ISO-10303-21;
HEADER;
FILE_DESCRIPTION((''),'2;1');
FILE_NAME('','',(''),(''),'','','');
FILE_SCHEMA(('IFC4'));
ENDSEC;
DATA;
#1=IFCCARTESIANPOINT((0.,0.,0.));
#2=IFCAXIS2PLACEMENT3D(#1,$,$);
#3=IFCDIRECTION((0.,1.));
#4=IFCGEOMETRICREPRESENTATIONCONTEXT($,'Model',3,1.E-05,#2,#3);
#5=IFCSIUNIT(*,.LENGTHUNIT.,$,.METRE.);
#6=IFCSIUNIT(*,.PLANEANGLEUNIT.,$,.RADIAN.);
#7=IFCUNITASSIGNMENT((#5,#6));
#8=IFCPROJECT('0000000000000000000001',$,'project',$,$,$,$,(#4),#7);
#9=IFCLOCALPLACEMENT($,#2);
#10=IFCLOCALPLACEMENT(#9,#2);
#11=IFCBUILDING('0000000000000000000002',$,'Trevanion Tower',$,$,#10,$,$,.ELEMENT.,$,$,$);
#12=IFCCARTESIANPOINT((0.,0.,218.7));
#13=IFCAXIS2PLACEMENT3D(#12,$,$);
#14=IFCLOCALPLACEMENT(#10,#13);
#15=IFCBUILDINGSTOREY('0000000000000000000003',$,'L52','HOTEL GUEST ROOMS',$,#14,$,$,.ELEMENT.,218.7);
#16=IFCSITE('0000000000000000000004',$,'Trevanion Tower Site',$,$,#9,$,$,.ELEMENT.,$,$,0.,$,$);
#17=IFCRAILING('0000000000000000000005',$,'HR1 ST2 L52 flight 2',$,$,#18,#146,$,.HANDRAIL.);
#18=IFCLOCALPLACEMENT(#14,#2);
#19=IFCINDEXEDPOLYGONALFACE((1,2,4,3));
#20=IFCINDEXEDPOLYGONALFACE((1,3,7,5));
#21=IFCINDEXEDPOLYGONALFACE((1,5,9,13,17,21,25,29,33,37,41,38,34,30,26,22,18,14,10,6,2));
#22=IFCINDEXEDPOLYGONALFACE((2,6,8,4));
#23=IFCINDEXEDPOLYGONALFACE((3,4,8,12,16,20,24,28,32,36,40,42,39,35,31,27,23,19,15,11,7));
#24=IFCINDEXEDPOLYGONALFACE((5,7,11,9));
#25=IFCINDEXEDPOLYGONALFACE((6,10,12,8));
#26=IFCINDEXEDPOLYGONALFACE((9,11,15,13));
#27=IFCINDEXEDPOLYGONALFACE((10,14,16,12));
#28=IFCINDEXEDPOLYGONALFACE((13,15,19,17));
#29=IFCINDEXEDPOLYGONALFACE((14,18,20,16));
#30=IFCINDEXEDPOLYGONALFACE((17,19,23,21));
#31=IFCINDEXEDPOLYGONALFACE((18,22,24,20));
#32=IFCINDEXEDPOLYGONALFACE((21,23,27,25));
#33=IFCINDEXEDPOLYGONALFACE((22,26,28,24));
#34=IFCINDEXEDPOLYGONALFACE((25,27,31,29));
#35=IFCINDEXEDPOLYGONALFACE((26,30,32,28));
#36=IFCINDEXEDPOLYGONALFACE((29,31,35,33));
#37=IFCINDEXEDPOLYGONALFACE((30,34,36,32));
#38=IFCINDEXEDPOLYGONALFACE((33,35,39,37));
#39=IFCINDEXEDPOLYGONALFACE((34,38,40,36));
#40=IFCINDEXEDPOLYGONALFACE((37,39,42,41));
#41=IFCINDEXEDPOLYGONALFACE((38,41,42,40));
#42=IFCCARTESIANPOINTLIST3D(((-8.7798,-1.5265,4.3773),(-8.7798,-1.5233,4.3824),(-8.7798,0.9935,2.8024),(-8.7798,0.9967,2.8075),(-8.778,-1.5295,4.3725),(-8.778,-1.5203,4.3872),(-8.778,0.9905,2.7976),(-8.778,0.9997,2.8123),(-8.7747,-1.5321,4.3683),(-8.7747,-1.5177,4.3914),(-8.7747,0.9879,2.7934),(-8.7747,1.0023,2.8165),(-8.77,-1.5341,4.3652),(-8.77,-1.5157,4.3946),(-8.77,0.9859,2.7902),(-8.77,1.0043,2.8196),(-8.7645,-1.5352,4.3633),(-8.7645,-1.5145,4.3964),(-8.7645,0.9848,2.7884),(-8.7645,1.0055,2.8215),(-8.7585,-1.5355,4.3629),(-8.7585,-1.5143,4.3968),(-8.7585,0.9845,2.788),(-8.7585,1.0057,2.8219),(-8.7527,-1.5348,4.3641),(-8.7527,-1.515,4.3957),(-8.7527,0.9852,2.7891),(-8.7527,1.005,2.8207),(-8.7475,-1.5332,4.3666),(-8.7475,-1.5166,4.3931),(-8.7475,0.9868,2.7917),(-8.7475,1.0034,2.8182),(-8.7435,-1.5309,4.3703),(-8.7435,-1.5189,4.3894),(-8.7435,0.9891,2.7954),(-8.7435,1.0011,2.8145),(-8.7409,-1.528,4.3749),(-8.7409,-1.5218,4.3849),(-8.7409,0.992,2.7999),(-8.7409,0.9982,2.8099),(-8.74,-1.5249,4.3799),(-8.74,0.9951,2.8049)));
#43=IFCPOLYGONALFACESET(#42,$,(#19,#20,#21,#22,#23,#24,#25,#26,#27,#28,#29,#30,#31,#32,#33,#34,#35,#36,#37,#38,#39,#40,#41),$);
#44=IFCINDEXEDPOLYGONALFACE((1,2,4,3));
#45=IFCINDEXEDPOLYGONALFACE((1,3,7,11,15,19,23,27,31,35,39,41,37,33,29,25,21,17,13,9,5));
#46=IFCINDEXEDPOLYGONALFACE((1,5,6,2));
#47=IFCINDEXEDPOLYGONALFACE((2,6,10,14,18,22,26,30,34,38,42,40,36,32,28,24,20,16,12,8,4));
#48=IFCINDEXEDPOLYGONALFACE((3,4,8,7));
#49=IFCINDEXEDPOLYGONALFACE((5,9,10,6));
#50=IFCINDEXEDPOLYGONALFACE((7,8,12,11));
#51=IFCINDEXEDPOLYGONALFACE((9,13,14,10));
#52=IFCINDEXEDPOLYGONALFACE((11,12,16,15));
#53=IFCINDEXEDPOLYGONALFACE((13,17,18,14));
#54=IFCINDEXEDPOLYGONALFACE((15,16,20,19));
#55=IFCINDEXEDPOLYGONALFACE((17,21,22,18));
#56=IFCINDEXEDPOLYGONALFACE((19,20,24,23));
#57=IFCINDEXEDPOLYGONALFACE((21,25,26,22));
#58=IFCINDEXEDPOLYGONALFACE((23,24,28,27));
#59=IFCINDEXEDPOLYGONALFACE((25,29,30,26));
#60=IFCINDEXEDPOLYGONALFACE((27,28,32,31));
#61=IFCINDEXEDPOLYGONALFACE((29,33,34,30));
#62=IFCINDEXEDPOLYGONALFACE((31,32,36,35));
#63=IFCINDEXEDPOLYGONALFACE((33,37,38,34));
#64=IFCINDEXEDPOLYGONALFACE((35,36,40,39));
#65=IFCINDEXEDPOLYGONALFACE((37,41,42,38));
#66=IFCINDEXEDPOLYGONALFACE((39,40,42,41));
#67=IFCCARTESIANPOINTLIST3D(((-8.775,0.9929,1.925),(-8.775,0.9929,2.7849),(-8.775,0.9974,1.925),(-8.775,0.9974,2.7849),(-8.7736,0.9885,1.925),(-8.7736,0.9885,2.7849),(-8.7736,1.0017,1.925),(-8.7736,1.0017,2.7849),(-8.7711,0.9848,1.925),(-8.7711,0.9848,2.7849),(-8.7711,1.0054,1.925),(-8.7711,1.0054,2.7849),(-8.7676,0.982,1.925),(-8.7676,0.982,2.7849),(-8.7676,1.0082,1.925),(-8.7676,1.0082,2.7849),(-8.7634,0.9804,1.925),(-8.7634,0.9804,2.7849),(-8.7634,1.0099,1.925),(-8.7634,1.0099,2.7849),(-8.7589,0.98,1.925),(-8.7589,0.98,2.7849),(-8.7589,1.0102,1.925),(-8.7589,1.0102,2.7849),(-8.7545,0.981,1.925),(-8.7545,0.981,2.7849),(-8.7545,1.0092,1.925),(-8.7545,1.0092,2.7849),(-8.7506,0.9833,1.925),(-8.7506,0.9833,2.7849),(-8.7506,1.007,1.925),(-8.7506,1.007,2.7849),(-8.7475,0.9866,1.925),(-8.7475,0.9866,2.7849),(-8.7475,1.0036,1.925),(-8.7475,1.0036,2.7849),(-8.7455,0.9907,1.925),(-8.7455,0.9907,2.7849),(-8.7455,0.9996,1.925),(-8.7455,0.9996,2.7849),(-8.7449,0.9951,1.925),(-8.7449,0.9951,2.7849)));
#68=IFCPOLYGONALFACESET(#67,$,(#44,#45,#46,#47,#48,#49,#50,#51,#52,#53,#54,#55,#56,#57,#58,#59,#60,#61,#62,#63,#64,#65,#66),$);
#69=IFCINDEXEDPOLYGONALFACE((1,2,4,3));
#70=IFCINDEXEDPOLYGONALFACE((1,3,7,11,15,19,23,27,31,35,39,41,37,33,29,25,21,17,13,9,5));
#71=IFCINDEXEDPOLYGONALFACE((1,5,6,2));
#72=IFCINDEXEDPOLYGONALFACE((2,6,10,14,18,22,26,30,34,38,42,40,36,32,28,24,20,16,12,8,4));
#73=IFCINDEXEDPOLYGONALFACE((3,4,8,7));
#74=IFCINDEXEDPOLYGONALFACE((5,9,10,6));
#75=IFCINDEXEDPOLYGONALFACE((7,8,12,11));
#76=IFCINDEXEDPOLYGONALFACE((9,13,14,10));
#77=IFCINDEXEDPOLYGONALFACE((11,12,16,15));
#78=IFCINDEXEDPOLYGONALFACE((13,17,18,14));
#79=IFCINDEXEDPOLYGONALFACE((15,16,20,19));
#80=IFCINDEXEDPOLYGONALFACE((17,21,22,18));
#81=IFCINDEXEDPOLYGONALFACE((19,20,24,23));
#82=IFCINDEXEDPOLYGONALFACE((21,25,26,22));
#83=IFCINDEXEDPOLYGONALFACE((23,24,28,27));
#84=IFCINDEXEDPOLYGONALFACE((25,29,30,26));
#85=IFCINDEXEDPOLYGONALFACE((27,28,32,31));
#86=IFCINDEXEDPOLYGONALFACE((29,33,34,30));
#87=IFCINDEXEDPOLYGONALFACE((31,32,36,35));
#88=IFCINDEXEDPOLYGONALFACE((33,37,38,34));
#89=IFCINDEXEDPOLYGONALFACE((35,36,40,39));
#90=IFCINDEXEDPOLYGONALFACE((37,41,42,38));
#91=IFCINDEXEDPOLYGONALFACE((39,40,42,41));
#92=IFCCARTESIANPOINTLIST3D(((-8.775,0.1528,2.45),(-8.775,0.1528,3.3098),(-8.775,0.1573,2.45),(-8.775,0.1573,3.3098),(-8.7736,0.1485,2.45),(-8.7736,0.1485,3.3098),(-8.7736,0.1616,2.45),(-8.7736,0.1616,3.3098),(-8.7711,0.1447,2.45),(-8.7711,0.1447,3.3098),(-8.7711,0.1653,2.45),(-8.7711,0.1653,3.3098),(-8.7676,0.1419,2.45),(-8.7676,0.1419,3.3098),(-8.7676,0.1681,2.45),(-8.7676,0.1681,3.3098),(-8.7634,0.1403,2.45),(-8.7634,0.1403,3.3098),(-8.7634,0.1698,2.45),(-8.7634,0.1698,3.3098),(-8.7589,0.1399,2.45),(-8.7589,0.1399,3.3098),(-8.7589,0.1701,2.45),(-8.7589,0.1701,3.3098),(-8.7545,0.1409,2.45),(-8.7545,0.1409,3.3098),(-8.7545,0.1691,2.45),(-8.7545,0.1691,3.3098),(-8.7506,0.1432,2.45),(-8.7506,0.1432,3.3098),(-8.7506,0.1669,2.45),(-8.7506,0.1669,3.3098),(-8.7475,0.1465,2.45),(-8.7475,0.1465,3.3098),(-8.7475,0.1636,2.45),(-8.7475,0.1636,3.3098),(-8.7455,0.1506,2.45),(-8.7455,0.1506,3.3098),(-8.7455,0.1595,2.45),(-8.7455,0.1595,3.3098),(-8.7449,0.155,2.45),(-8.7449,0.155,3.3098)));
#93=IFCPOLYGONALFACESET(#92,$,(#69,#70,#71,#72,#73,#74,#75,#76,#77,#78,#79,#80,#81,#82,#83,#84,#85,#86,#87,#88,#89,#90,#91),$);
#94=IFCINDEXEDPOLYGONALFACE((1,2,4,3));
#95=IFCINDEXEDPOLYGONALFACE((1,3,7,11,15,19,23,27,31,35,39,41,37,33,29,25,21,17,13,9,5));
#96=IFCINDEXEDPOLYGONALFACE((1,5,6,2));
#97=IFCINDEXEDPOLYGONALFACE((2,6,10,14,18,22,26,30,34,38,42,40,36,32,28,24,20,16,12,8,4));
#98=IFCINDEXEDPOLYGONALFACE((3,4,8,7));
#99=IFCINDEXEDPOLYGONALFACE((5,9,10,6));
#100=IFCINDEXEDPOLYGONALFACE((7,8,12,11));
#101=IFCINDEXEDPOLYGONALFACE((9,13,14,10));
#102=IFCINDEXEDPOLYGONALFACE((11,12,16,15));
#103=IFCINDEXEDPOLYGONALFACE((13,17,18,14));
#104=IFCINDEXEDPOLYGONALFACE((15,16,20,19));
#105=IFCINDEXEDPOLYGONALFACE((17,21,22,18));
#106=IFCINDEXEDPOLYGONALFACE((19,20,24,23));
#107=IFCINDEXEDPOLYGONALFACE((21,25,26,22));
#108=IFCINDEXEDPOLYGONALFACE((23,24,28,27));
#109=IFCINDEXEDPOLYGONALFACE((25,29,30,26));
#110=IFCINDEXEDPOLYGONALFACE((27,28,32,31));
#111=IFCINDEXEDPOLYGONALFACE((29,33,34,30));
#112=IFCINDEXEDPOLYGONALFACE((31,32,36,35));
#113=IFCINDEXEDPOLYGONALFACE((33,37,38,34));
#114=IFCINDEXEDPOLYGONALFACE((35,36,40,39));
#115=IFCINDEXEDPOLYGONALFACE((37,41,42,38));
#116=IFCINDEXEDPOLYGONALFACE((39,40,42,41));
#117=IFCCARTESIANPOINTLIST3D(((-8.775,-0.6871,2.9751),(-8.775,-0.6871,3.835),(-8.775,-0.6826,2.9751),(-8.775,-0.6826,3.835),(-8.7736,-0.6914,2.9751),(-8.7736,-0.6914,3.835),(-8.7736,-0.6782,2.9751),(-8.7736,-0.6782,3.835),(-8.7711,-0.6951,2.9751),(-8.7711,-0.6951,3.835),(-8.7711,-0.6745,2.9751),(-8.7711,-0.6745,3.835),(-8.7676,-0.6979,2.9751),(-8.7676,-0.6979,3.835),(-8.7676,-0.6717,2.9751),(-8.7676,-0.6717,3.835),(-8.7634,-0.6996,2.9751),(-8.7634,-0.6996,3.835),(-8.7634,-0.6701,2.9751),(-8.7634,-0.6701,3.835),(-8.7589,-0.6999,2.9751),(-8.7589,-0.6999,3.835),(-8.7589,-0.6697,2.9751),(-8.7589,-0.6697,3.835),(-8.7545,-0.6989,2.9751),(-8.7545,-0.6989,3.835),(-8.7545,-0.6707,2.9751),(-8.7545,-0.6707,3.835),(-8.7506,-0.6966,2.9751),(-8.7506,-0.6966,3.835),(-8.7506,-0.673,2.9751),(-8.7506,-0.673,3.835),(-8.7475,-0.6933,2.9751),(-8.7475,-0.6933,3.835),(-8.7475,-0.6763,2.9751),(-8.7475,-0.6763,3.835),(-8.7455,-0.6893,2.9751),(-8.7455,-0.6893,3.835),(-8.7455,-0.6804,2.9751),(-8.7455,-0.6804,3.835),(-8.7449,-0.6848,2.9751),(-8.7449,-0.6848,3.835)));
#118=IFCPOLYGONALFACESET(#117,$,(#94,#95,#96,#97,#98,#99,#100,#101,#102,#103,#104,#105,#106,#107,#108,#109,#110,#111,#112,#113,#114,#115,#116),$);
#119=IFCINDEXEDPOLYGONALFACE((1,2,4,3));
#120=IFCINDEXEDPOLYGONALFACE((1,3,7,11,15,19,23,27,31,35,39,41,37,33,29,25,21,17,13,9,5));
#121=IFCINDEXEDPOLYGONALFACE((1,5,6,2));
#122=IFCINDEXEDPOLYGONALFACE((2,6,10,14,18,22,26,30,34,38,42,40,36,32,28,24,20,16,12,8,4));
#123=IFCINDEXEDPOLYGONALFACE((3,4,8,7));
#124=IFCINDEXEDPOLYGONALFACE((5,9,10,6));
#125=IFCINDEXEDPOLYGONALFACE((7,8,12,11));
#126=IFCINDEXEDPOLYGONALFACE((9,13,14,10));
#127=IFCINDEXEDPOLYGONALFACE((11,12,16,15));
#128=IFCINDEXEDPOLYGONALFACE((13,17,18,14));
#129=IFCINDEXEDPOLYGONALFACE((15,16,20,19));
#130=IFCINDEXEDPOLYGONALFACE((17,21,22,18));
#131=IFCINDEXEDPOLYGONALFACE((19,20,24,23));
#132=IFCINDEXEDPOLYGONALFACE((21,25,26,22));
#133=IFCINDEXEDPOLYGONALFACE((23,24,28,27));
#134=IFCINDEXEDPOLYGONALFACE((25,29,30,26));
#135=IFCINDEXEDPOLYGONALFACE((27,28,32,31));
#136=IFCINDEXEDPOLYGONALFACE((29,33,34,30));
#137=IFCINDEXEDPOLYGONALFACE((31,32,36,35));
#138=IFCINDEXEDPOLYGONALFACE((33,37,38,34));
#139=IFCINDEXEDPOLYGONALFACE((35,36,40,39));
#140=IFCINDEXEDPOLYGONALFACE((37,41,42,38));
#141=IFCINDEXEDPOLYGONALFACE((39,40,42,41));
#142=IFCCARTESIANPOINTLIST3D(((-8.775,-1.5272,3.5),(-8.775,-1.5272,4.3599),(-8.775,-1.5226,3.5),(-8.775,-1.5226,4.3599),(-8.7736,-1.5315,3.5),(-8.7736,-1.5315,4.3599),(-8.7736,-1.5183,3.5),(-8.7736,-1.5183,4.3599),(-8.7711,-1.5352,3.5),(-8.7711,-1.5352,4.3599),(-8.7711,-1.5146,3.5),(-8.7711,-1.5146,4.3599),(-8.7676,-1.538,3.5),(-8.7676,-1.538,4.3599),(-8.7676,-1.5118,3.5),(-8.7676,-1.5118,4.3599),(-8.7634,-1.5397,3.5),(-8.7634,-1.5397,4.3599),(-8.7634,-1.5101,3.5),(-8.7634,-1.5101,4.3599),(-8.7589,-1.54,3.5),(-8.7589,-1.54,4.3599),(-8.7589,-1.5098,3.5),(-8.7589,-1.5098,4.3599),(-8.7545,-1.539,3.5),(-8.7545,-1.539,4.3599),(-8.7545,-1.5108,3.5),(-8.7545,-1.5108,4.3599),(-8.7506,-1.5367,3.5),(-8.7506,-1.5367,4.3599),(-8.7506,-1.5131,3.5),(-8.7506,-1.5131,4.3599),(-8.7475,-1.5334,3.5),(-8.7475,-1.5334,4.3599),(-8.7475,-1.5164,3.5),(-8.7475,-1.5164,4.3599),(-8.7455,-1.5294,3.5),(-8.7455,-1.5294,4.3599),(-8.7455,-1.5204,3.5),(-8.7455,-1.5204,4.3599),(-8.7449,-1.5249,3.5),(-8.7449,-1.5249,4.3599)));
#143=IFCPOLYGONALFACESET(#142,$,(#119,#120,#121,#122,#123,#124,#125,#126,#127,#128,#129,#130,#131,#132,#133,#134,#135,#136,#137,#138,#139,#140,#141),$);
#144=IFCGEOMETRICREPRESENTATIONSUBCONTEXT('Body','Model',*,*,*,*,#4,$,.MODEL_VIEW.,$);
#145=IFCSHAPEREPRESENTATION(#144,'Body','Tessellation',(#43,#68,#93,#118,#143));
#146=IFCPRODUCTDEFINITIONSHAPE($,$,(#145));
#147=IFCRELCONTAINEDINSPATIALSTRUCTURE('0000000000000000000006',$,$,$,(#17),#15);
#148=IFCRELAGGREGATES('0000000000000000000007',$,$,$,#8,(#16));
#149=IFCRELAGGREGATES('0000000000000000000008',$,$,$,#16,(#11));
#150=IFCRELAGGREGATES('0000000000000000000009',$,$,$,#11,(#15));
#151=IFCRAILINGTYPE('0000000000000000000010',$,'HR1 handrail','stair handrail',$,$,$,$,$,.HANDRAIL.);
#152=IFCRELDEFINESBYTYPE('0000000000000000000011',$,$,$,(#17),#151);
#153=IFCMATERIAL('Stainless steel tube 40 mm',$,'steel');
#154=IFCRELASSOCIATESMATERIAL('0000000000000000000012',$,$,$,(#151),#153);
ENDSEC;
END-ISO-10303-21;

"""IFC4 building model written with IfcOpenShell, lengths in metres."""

from ifc_helpers import new_model, si_unit, direction, frame, origin, origin_2d, place, context, subcontext, project, spatial, circle, extrude, material, type_object, element, save


model = new_model("IFC4")

# Units and contexts
model_context = context("Model", 3, precision=1e-05, world=origin(), true_north=direction((0.0, 1.0)))
body_context = subcontext(model_context, "Body", "Model", "MODEL_VIEW")
ifc_project = project(units=[si_unit("LENGTHUNIT", "METRE"), si_unit("PLANEANGLEUNIT", "RADIAN")], contexts=[model_context])

# Site, building, storey
site_placement = place(None, origin())
site = spatial("IfcSite", under=ifc_project, at=site_placement, Name="Trevanion Tower Site", CompositionType="ELEMENT", RefElevation=0.0)
building_placement = place(site_placement, origin())
building = spatial("IfcBuilding", under=site, at=building_placement, Name="Trevanion Tower", CompositionType="ELEMENT")
storey_placement = place(building_placement, frame((0.0, 0.0, 218.7)))
storey = spatial("IfcBuildingStorey", under=building, at=storey_placement, Name="L52", Description="HOTEL GUEST ROOMS", CompositionType="ELEMENT", Elevation=218.7)

# Railing
ifc_material_1 = material(Name="Stainless steel tube 40 mm", Category="steel")
railing_type = type_object("IfcRailingType", Name="HR1 handrail", Description="stair handrail", PredefinedType="HANDRAIL", material=ifc_material_1)
railing_placement = place(storey_placement, frame((-8.76, 0.9951, 1.925)))
element("IfcRailing", 1, at=railing_placement, inside=storey, type_object=railing_type, Name="HR1 ST2 L52 flight 2", PredefinedType="HANDRAIL", context=body_context, shape_type="SweptSolid", body=[
    extrude(circle(Radius=0.02, at=origin_2d()), frame((0.0, 0.0, 0.8799), z_axis=(0.0, -0.848008, 0.529984), x_axis=(1.0, 0.0, 0.0)), (0.0, 0.0, 1.0), 2.9717),
    extrude(circle(Radius=0.0151, at=origin_2d()), origin(), (0.0, 0.0, 1.0), 0.8599),
    extrude(circle(Radius=0.0151, at=origin_2d()), frame((0.0, -0.8401, 0.5249)), (0.0, 0.0, 1.0), 0.8599),
    extrude(circle(Radius=0.0151, at=origin_2d()), frame((0.0, -1.6799, 1.05)), (0.0, 0.0, 1.0), 0.8599),
    extrude(circle(Radius=0.0151, at=origin_2d()), frame((0.0, -2.52, 1.575)), (0.0, 0.0, 1.0), 0.8599),
])

save(model, "model.ifc")
